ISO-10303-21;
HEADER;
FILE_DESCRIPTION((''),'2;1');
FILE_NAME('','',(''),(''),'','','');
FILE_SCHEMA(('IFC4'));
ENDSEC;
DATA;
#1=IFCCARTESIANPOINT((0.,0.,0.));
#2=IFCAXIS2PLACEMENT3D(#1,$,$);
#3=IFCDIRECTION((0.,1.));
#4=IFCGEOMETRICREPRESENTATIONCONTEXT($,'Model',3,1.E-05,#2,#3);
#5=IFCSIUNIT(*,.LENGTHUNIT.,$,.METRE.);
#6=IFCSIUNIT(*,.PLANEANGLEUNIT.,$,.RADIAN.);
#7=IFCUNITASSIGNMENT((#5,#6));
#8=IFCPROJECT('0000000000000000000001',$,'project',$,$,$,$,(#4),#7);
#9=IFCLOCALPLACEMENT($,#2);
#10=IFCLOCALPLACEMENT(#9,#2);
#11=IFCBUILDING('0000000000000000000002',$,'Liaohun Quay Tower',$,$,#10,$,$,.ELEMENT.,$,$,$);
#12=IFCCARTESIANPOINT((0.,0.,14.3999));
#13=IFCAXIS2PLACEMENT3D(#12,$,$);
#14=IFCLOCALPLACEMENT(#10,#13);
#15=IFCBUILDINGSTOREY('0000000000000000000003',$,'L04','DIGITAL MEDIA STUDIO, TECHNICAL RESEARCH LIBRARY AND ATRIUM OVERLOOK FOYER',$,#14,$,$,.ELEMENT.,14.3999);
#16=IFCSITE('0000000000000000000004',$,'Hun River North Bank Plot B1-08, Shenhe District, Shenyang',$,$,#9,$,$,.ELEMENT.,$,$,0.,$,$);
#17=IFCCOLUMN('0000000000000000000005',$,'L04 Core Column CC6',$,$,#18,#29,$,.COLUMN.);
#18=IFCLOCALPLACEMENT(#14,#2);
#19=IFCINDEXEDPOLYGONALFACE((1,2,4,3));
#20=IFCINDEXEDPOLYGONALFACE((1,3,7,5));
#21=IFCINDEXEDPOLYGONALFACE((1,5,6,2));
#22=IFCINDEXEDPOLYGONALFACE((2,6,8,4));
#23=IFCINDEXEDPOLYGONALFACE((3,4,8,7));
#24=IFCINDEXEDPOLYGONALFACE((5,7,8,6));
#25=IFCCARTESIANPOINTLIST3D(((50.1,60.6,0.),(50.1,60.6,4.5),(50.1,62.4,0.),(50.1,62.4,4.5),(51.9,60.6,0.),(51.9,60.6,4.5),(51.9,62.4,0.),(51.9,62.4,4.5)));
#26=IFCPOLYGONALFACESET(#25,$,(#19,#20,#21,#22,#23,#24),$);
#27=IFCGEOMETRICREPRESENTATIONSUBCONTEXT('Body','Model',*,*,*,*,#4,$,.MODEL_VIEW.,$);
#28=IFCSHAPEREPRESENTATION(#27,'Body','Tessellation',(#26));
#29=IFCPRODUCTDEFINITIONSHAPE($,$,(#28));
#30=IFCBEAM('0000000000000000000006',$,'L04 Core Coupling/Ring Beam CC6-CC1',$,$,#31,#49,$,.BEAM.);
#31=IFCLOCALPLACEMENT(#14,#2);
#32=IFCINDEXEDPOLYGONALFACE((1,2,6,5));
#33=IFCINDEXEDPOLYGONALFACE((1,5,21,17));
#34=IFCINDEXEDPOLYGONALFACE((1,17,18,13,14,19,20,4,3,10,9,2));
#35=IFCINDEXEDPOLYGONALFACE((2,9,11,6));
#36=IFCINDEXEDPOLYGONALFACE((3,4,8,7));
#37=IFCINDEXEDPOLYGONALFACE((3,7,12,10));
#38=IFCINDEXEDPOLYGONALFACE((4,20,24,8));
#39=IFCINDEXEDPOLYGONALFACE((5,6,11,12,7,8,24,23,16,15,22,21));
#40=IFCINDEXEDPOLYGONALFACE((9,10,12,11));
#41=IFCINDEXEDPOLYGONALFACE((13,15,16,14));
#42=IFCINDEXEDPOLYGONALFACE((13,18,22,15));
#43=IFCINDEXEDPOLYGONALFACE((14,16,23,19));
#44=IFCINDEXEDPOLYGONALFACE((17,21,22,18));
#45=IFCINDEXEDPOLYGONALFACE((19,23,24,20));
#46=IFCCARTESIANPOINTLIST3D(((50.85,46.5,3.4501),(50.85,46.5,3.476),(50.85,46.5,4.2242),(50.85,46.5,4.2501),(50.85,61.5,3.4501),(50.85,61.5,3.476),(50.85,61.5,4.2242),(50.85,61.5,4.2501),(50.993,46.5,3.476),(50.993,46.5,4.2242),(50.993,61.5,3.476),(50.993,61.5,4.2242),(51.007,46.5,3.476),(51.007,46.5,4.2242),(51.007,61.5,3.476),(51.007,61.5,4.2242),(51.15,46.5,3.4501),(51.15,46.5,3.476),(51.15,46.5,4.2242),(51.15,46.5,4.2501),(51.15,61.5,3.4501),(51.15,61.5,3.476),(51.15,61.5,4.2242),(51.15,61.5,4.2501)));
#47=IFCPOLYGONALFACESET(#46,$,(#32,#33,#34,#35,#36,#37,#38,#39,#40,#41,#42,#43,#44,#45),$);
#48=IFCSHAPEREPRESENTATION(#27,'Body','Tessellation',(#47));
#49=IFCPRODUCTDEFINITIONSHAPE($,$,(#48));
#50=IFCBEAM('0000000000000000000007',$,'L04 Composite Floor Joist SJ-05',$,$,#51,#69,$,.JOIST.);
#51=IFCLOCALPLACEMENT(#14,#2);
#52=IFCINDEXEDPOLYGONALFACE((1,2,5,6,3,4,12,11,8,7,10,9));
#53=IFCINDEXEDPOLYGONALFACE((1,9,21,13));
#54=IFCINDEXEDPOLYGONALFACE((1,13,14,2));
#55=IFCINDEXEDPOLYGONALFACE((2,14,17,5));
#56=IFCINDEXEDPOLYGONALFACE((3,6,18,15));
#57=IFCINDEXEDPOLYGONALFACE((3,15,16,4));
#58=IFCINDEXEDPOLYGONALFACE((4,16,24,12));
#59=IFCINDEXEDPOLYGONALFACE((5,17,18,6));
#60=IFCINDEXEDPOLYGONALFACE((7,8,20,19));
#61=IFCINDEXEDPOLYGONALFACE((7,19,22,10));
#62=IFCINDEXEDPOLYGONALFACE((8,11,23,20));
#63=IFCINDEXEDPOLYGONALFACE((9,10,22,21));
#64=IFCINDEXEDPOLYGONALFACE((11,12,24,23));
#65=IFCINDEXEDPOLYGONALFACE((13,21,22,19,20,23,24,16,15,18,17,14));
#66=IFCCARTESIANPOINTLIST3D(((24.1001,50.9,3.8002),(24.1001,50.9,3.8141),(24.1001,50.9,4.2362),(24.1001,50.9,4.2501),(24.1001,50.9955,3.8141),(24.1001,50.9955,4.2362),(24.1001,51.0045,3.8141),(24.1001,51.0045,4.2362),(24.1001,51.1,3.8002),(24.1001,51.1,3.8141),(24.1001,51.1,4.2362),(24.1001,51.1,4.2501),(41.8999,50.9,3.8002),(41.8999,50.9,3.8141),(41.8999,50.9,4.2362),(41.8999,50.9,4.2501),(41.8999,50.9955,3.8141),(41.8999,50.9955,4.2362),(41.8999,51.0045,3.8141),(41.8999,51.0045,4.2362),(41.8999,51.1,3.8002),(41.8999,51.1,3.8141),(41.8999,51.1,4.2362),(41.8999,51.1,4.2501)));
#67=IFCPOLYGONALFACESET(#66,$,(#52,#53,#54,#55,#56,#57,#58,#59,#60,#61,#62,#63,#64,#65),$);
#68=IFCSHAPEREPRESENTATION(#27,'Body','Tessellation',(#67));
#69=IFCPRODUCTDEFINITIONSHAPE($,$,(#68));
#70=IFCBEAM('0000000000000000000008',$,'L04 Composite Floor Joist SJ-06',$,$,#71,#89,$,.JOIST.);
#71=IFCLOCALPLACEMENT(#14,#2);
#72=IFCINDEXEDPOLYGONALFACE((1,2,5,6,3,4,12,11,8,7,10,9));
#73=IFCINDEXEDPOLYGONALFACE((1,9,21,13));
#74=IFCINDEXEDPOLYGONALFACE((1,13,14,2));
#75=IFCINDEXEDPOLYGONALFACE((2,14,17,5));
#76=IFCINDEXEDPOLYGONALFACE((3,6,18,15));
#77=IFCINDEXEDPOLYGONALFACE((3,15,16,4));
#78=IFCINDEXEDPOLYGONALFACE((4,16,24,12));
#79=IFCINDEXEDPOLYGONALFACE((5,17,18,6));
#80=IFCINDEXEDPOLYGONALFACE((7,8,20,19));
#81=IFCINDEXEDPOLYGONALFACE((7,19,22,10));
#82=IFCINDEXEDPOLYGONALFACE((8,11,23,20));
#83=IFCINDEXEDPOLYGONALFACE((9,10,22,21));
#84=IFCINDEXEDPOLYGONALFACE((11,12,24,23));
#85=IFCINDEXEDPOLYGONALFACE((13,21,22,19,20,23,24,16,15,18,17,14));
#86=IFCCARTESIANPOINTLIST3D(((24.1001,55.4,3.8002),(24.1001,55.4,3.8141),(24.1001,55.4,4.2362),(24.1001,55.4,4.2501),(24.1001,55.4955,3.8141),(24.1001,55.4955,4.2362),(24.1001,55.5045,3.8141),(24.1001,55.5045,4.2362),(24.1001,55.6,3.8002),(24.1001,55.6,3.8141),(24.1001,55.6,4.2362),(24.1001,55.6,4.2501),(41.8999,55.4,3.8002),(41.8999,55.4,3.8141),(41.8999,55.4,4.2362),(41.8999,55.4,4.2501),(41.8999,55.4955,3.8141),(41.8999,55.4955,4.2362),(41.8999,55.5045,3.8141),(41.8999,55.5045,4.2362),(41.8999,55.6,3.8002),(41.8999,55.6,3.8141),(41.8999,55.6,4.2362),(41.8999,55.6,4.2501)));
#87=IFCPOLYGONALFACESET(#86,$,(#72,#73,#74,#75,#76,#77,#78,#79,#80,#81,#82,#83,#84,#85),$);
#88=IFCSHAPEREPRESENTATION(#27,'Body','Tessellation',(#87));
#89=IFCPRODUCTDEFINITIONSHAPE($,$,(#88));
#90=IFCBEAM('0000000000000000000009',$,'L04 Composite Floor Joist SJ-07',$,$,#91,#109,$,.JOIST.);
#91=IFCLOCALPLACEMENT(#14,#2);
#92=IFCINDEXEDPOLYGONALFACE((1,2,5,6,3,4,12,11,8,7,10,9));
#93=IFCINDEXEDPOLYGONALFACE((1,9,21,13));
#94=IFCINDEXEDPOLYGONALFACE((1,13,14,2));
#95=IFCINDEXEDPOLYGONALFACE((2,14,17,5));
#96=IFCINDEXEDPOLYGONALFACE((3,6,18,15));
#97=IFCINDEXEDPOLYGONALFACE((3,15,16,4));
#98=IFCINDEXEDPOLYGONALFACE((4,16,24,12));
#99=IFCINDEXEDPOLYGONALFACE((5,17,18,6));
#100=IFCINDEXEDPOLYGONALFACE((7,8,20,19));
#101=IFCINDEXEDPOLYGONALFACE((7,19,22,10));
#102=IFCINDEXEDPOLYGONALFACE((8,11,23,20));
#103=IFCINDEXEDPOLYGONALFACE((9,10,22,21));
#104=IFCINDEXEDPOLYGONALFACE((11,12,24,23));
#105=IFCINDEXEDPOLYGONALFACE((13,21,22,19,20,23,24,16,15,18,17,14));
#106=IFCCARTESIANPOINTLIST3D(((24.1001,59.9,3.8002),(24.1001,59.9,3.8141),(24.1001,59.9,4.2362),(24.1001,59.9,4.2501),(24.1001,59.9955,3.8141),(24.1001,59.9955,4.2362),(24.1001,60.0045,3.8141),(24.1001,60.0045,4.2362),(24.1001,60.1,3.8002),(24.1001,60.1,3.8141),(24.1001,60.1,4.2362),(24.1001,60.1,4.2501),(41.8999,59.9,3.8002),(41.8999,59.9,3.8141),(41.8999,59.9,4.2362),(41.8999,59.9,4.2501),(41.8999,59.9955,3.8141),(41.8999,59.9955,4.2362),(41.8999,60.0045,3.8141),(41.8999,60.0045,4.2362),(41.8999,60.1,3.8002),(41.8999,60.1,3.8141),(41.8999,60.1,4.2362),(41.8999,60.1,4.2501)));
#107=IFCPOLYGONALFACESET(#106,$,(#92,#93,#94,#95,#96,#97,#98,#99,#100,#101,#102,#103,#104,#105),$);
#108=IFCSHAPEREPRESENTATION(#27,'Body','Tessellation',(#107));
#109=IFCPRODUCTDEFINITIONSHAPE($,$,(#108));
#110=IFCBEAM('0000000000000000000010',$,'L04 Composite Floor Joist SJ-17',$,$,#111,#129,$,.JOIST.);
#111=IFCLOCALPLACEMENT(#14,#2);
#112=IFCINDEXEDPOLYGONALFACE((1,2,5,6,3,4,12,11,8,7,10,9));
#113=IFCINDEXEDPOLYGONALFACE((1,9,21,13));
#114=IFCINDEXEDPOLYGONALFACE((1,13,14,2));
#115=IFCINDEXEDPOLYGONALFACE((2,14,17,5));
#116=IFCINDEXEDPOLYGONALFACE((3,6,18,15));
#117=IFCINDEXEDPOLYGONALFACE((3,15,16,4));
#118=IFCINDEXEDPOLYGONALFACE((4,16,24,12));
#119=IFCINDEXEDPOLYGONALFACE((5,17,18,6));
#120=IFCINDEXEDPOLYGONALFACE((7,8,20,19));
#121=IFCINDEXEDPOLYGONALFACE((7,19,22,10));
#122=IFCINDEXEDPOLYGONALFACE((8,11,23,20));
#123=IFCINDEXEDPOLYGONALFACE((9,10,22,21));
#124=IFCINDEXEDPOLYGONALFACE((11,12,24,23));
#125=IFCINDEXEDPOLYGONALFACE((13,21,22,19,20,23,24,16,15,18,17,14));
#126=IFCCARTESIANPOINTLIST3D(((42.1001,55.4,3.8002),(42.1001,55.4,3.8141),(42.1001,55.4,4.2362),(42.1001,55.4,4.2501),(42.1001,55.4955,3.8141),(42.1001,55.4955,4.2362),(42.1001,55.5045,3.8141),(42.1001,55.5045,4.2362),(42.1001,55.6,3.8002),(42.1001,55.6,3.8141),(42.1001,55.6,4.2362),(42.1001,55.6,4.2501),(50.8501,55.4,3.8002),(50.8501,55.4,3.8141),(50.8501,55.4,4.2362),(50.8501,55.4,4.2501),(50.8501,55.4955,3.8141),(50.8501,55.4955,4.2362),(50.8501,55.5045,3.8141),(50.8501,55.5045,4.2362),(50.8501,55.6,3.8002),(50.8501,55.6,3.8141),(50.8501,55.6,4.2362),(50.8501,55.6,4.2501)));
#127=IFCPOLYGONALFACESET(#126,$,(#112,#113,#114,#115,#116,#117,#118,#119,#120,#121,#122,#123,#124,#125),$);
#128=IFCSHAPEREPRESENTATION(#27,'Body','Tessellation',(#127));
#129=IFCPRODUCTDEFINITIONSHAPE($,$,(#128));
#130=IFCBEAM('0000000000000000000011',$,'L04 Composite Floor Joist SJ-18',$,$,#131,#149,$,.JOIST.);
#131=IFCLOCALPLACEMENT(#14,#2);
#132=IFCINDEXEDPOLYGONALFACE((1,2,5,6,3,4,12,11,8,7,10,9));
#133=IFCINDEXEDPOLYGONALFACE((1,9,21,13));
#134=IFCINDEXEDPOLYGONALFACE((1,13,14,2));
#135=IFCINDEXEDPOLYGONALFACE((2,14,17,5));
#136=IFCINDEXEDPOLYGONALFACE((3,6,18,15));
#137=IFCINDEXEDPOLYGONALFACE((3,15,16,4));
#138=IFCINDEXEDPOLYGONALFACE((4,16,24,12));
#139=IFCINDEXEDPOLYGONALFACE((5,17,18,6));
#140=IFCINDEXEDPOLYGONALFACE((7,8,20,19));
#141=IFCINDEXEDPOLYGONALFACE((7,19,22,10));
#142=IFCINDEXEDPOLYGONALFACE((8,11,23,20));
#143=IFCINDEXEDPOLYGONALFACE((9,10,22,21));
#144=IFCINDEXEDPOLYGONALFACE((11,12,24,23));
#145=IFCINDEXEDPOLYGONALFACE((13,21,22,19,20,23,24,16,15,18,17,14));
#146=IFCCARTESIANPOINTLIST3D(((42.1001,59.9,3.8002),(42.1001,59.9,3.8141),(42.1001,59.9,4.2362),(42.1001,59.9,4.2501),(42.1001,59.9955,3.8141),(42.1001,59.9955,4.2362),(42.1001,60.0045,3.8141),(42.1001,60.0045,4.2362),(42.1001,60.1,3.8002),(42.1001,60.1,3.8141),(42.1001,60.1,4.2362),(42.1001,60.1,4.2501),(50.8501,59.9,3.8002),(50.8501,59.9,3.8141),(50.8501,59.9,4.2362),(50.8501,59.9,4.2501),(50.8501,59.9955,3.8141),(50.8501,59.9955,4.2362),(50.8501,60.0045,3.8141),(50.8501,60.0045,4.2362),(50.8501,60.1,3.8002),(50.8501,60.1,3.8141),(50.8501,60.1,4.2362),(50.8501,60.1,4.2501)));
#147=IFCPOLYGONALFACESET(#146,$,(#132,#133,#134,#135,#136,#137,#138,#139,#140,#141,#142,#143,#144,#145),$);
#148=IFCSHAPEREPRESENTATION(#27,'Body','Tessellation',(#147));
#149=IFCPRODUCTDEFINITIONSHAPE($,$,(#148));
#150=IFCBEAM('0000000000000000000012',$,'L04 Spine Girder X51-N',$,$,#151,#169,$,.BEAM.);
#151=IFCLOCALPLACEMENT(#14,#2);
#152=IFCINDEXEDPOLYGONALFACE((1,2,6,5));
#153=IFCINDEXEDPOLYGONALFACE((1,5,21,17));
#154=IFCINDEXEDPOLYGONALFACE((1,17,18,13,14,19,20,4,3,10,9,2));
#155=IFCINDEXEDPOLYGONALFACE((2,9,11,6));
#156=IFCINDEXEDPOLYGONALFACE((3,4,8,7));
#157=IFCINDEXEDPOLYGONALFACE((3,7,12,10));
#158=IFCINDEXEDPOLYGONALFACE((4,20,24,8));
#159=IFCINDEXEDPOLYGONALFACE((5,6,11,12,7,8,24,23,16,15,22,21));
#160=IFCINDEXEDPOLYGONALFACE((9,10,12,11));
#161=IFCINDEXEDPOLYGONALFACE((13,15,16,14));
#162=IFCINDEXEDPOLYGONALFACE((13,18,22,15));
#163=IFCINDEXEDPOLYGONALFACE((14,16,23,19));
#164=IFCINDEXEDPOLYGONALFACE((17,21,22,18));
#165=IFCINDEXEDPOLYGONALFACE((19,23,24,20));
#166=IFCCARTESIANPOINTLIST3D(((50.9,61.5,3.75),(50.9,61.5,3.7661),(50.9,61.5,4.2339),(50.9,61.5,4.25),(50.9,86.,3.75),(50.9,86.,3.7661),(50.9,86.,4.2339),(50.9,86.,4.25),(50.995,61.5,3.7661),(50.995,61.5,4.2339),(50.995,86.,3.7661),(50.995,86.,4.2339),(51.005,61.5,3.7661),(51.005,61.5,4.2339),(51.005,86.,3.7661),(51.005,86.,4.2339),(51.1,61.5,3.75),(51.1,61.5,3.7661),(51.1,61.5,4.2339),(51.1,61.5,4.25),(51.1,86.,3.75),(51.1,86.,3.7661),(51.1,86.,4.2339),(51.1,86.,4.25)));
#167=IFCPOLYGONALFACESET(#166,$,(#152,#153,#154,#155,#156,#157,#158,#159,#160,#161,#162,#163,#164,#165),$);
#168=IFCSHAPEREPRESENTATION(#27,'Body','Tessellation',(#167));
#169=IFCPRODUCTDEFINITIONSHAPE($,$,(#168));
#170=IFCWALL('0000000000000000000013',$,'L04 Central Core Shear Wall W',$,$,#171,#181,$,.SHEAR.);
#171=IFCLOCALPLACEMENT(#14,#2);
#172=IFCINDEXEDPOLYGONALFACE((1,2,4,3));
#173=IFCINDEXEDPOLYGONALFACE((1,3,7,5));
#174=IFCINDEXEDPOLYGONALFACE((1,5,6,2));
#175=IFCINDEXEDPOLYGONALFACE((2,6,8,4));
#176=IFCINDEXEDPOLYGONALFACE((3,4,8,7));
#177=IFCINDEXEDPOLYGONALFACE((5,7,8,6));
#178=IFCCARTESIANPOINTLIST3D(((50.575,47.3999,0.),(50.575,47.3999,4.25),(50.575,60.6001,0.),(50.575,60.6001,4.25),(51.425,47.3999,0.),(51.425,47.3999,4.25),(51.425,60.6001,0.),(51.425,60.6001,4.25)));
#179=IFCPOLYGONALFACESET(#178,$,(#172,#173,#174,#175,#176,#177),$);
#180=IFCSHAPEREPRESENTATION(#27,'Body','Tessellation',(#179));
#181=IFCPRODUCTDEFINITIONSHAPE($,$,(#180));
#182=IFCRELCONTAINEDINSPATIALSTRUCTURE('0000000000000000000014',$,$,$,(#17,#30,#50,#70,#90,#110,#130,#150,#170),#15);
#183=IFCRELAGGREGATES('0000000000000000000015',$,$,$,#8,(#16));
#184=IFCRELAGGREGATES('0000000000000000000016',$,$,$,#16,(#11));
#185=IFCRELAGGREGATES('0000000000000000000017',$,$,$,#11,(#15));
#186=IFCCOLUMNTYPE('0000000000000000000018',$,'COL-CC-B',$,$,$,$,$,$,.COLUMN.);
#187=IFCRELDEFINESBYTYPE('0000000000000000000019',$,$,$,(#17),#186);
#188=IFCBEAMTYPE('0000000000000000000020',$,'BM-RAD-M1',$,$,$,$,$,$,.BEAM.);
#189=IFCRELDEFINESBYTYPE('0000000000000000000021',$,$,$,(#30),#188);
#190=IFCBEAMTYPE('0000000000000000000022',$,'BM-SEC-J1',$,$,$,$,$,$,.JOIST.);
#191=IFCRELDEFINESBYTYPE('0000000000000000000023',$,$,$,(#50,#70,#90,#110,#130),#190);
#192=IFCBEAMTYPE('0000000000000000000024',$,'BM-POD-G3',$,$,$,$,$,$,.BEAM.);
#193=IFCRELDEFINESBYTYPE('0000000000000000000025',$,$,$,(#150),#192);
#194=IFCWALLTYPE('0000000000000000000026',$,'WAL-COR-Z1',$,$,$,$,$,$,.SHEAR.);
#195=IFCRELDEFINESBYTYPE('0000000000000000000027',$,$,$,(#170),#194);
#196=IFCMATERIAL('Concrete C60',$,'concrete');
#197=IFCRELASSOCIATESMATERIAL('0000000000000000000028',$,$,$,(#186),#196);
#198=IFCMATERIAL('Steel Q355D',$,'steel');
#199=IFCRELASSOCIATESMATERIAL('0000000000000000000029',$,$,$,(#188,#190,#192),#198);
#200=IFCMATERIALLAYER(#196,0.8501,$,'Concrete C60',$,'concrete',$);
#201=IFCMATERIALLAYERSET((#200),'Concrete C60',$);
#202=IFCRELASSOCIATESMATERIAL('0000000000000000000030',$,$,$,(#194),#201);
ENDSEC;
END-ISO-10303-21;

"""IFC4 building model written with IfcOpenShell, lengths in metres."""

from ifc_helpers import new_model, si_unit, direction, frame, frame_2d, origin, origin_2d, place, context, subcontext, project, spatial, rectangle, i_section, extrude, source, transform, mapped, material, layer, layer_set, material_profile, profile_set, type_object, element, save


model = new_model("IFC4")

# Units and contexts
model_context = context("Model", 3, precision=1e-05, world=origin(), true_north=direction((0.0, 1.0)))
body_context = subcontext(model_context, "Body", "Model", "MODEL_VIEW")
ifc_project = project(units=[si_unit("LENGTHUNIT", "METRE"), si_unit("PLANEANGLEUNIT", "RADIAN")], contexts=[model_context])

# Site, building, storey
site_placement = place(None, origin())
site = spatial("IfcSite", under=ifc_project, at=site_placement, Name="Hun River North Bank Plot B1-08, Shenhe District, Shenyang", CompositionType="ELEMENT", RefElevation=0.0)
building_placement = place(site_placement, origin())
building = spatial("IfcBuilding", under=site, at=building_placement, Name="Liaohun Quay Tower", CompositionType="ELEMENT")
storey_placement = place(building_placement, frame((0.0, 0.0, 14.3999)))
storey = spatial("IfcBuildingStorey", under=building, at=storey_placement, Name="L04", Description="DIGITAL MEDIA STUDIO, TECHNICAL RESEARCH LIBRARY AND ATRIUM OVERLOOK FOYER", CompositionType="ELEMENT", Elevation=14.3999)

# Column
ifc_material_1 = material(Name="Concrete C60", Category="concrete")
ifc_material_profile_1 = material_profile(ifc_material_1, rectangle(XDim=1.8, YDim=1.8, at=origin_2d()), Name="RC1800x1800")
ifc_profile_set_1 = profile_set([ifc_material_profile_1], Name="Concrete C60")
column_type = type_object("IfcColumnType", Name="COL-CC-B", PredefinedType="COLUMN", material=ifc_profile_set_1)
shared_shape_1 = source(origin(), body_context, "Body", "SweptSolid", [
    extrude(rectangle(XDim=1.8, YDim=1.8, at=origin_2d()), origin(), (0.0, 0.0, 1.0), 4.5),
])
column_placement = place(storey_placement, frame((51.0, 61.5, 0.0), z_axis=(0.0, 0.0, 1.0), x_axis=(1.0, 0.0, 0.0)))
element("IfcColumn", 1, at=column_placement, inside=storey, type_object=column_type, Name="L04 Core Column CC6", PredefinedType="COLUMN", context=body_context, shape_type="MappedRepresentation", body=[
    mapped(shared_shape_1, transform((0.0, 0.0, 0.0), x_axis=(1.0, 0.0, 0.0), y_axis=(0.0, 1.0, 0.0), z_axis=(0.0, 0.0, 1.0), scale=1.0)),
])

# Beams
ifc_material_2 = material(Name="Steel Q355D", Category="steel")
ifc_material_profile_2 = material_profile(ifc_material_2, i_section(OverallWidth=0.3, OverallDepth=0.8, WebThickness=0.0139, FlangeThickness=0.0259, at=origin_2d()), Name="HN800x300x14x26")
ifc_profile_set_2 = profile_set([ifc_material_profile_2], Name="Steel Q355D")
beam_type_1 = type_object("IfcBeamType", Name="BM-RAD-M1", PredefinedType="BEAM", material=ifc_profile_set_2)
shared_shape_2 = source(origin(), body_context, "Body", "SweptSolid", [
    extrude(i_section(OverallWidth=0.3, OverallDepth=0.8, WebThickness=0.0139, FlangeThickness=0.0259, at=origin_2d()), origin(), (0.0, 0.0, 1.0), 15.0),
])
beam_1_placement = place(storey_placement, frame((51.0, 61.5, 3.8501), z_axis=(0.0, -1.0, 0.0), x_axis=(1.0, 0.0, 0.0)))
element("IfcBeam", 2, at=beam_1_placement, inside=storey, type_object=beam_type_1, Name="L04 Core Coupling/Ring Beam CC6-CC1", PredefinedType="BEAM", context=body_context, shape_type="MappedRepresentation", body=[
    mapped(shared_shape_2, transform((0.0, 0.0, 0.0), x_axis=(1.0, 0.0, 0.0), y_axis=(0.0, 1.0, 0.0), z_axis=(0.0, 0.0, 1.0), scale=1.0)),
])
ifc_material_profile_3 = material_profile(ifc_material_2, i_section(OverallWidth=0.2, OverallDepth=0.45, WebThickness=0.009, FlangeThickness=0.0139, at=origin_2d()), Name="HN450x200x9x14")
ifc_profile_set_3 = profile_set([ifc_material_profile_3], Name="Steel Q355D")
beam_type_2 = type_object("IfcBeamType", Name="BM-SEC-J1", PredefinedType="JOIST", material=ifc_profile_set_3)
shared_shape_3 = source(origin(), body_context, "Body", "SweptSolid", [
    extrude(i_section(OverallWidth=0.2, OverallDepth=0.45, WebThickness=0.009, FlangeThickness=0.0139, at=origin_2d()), origin(), (0.0, 0.0, 1.0), 17.7998),
])
for number, where, z_axis, x_axis, name in (
    (3, (24.1001, 51.0, 4.0251), (1.0, 0.0, 0.0), (0.0, 1.0, 0.0), "L04 Composite Floor Joist SJ-05"),
    (4, (24.1001, 55.5, 4.0251), (1.0, 0.0, 0.0), (0.0, 1.0, 0.0), "L04 Composite Floor Joist SJ-06"),
    (5, (24.1001, 60.0, 4.0251), (1.0, 0.0, 0.0), (0.0, 1.0, 0.0), "L04 Composite Floor Joist SJ-07"),
):
    element("IfcBeam", number, at=place(storey_placement, frame(where, z_axis=z_axis, x_axis=x_axis)), inside=storey, type_object=beam_type_2, Name=name, PredefinedType="JOIST", context=body_context, shape_type="MappedRepresentation", body=[
        mapped(shared_shape_3, transform((0.0, 0.0, 0.0), x_axis=(1.0, 0.0, 0.0), y_axis=(0.0, 1.0, 0.0), z_axis=(0.0, 0.0, 1.0), scale=1.0)),
    ])
shared_shape_4 = source(origin(), body_context, "Body", "SweptSolid", [
    extrude(i_section(OverallWidth=0.2, OverallDepth=0.45, WebThickness=0.009, FlangeThickness=0.0139, at=origin_2d()), origin(), (0.0, 0.0, 1.0), 8.75),
])
for number, where, z_axis, x_axis, name in (
    (6, (42.1001, 55.5, 4.0251), (1.0, 0.0, 0.0), (0.0, 1.0, 0.0), "L04 Composite Floor Joist SJ-17"),
    (7, (42.1001, 60.0, 4.0251), (1.0, 0.0, 0.0), (0.0, 1.0, 0.0), "L04 Composite Floor Joist SJ-18"),
):
    element("IfcBeam", number, at=place(storey_placement, frame(where, z_axis=z_axis, x_axis=x_axis)), inside=storey, type_object=beam_type_2, Name=name, PredefinedType="JOIST", context=body_context, shape_type="MappedRepresentation", body=[
        mapped(shared_shape_4, transform((0.0, 0.0, 0.0), x_axis=(1.0, 0.0, 0.0), y_axis=(0.0, 1.0, 0.0), z_axis=(0.0, 0.0, 1.0), scale=1.0)),
    ])
ifc_material_profile_4 = material_profile(ifc_material_2, i_section(OverallWidth=0.2, OverallDepth=0.5, WebThickness=0.01, FlangeThickness=0.0161, at=origin_2d()), Name="HN500x200x10x16")
ifc_profile_set_4 = profile_set([ifc_material_profile_4], Name="Steel Q355D")
beam_type_3 = type_object("IfcBeamType", Name="BM-POD-G3", PredefinedType="BEAM", material=ifc_profile_set_4)
shared_shape_5 = source(origin(), body_context, "Body", "SweptSolid", [
    extrude(i_section(OverallWidth=0.2, OverallDepth=0.5, WebThickness=0.01, FlangeThickness=0.0161, at=origin_2d()), origin(), (0.0, 0.0, 1.0), 24.5),
])
beam_2_placement = place(storey_placement, frame((51.0, 61.5, 4.0), z_axis=(0.0, 1.0, 0.0), x_axis=(-1.0, 0.0, 0.0)))
element("IfcBeam", 8, at=beam_2_placement, inside=storey, type_object=beam_type_3, Name="L04 Spine Girder X51-N", PredefinedType="BEAM", context=body_context, shape_type="MappedRepresentation", body=[
    mapped(shared_shape_5, transform((0.0, 0.0, 0.0), x_axis=(1.0, 0.0, 0.0), y_axis=(0.0, 1.0, 0.0), z_axis=(0.0, 0.0, 1.0), scale=1.0)),
])

# Wall
ifc_layer_1 = layer(ifc_material_1, 0.8501, Name="Concrete C60", Category="concrete")
ifc_layer_set_1 = layer_set([ifc_layer_1], Name="Concrete C60")
wall_type_1 = type_object("IfcWallType", Name="WAL-COR-Z1", PredefinedType="SHEAR", material=ifc_layer_set_1)
wall_1_placement = place(storey_placement, frame((51.0, 47.3999, 0.0), z_axis=(0.0, 0.0, 1.0), x_axis=(0.0, 1.0, 0.0)))
element("IfcWall", 9, at=wall_1_placement, inside=storey, type_object=wall_type_1, Name="L04 Central Core Shear Wall W", PredefinedType="SHEAR", context=body_context, shape_type="SweptSolid", body=[
    extrude(rectangle(XDim=13.2002, YDim=0.8501, at=frame_2d((6.6001, 0.0))), origin(), (0.0, 0.0, 1.0), 4.25),
])

save(model, "model.ifc")
